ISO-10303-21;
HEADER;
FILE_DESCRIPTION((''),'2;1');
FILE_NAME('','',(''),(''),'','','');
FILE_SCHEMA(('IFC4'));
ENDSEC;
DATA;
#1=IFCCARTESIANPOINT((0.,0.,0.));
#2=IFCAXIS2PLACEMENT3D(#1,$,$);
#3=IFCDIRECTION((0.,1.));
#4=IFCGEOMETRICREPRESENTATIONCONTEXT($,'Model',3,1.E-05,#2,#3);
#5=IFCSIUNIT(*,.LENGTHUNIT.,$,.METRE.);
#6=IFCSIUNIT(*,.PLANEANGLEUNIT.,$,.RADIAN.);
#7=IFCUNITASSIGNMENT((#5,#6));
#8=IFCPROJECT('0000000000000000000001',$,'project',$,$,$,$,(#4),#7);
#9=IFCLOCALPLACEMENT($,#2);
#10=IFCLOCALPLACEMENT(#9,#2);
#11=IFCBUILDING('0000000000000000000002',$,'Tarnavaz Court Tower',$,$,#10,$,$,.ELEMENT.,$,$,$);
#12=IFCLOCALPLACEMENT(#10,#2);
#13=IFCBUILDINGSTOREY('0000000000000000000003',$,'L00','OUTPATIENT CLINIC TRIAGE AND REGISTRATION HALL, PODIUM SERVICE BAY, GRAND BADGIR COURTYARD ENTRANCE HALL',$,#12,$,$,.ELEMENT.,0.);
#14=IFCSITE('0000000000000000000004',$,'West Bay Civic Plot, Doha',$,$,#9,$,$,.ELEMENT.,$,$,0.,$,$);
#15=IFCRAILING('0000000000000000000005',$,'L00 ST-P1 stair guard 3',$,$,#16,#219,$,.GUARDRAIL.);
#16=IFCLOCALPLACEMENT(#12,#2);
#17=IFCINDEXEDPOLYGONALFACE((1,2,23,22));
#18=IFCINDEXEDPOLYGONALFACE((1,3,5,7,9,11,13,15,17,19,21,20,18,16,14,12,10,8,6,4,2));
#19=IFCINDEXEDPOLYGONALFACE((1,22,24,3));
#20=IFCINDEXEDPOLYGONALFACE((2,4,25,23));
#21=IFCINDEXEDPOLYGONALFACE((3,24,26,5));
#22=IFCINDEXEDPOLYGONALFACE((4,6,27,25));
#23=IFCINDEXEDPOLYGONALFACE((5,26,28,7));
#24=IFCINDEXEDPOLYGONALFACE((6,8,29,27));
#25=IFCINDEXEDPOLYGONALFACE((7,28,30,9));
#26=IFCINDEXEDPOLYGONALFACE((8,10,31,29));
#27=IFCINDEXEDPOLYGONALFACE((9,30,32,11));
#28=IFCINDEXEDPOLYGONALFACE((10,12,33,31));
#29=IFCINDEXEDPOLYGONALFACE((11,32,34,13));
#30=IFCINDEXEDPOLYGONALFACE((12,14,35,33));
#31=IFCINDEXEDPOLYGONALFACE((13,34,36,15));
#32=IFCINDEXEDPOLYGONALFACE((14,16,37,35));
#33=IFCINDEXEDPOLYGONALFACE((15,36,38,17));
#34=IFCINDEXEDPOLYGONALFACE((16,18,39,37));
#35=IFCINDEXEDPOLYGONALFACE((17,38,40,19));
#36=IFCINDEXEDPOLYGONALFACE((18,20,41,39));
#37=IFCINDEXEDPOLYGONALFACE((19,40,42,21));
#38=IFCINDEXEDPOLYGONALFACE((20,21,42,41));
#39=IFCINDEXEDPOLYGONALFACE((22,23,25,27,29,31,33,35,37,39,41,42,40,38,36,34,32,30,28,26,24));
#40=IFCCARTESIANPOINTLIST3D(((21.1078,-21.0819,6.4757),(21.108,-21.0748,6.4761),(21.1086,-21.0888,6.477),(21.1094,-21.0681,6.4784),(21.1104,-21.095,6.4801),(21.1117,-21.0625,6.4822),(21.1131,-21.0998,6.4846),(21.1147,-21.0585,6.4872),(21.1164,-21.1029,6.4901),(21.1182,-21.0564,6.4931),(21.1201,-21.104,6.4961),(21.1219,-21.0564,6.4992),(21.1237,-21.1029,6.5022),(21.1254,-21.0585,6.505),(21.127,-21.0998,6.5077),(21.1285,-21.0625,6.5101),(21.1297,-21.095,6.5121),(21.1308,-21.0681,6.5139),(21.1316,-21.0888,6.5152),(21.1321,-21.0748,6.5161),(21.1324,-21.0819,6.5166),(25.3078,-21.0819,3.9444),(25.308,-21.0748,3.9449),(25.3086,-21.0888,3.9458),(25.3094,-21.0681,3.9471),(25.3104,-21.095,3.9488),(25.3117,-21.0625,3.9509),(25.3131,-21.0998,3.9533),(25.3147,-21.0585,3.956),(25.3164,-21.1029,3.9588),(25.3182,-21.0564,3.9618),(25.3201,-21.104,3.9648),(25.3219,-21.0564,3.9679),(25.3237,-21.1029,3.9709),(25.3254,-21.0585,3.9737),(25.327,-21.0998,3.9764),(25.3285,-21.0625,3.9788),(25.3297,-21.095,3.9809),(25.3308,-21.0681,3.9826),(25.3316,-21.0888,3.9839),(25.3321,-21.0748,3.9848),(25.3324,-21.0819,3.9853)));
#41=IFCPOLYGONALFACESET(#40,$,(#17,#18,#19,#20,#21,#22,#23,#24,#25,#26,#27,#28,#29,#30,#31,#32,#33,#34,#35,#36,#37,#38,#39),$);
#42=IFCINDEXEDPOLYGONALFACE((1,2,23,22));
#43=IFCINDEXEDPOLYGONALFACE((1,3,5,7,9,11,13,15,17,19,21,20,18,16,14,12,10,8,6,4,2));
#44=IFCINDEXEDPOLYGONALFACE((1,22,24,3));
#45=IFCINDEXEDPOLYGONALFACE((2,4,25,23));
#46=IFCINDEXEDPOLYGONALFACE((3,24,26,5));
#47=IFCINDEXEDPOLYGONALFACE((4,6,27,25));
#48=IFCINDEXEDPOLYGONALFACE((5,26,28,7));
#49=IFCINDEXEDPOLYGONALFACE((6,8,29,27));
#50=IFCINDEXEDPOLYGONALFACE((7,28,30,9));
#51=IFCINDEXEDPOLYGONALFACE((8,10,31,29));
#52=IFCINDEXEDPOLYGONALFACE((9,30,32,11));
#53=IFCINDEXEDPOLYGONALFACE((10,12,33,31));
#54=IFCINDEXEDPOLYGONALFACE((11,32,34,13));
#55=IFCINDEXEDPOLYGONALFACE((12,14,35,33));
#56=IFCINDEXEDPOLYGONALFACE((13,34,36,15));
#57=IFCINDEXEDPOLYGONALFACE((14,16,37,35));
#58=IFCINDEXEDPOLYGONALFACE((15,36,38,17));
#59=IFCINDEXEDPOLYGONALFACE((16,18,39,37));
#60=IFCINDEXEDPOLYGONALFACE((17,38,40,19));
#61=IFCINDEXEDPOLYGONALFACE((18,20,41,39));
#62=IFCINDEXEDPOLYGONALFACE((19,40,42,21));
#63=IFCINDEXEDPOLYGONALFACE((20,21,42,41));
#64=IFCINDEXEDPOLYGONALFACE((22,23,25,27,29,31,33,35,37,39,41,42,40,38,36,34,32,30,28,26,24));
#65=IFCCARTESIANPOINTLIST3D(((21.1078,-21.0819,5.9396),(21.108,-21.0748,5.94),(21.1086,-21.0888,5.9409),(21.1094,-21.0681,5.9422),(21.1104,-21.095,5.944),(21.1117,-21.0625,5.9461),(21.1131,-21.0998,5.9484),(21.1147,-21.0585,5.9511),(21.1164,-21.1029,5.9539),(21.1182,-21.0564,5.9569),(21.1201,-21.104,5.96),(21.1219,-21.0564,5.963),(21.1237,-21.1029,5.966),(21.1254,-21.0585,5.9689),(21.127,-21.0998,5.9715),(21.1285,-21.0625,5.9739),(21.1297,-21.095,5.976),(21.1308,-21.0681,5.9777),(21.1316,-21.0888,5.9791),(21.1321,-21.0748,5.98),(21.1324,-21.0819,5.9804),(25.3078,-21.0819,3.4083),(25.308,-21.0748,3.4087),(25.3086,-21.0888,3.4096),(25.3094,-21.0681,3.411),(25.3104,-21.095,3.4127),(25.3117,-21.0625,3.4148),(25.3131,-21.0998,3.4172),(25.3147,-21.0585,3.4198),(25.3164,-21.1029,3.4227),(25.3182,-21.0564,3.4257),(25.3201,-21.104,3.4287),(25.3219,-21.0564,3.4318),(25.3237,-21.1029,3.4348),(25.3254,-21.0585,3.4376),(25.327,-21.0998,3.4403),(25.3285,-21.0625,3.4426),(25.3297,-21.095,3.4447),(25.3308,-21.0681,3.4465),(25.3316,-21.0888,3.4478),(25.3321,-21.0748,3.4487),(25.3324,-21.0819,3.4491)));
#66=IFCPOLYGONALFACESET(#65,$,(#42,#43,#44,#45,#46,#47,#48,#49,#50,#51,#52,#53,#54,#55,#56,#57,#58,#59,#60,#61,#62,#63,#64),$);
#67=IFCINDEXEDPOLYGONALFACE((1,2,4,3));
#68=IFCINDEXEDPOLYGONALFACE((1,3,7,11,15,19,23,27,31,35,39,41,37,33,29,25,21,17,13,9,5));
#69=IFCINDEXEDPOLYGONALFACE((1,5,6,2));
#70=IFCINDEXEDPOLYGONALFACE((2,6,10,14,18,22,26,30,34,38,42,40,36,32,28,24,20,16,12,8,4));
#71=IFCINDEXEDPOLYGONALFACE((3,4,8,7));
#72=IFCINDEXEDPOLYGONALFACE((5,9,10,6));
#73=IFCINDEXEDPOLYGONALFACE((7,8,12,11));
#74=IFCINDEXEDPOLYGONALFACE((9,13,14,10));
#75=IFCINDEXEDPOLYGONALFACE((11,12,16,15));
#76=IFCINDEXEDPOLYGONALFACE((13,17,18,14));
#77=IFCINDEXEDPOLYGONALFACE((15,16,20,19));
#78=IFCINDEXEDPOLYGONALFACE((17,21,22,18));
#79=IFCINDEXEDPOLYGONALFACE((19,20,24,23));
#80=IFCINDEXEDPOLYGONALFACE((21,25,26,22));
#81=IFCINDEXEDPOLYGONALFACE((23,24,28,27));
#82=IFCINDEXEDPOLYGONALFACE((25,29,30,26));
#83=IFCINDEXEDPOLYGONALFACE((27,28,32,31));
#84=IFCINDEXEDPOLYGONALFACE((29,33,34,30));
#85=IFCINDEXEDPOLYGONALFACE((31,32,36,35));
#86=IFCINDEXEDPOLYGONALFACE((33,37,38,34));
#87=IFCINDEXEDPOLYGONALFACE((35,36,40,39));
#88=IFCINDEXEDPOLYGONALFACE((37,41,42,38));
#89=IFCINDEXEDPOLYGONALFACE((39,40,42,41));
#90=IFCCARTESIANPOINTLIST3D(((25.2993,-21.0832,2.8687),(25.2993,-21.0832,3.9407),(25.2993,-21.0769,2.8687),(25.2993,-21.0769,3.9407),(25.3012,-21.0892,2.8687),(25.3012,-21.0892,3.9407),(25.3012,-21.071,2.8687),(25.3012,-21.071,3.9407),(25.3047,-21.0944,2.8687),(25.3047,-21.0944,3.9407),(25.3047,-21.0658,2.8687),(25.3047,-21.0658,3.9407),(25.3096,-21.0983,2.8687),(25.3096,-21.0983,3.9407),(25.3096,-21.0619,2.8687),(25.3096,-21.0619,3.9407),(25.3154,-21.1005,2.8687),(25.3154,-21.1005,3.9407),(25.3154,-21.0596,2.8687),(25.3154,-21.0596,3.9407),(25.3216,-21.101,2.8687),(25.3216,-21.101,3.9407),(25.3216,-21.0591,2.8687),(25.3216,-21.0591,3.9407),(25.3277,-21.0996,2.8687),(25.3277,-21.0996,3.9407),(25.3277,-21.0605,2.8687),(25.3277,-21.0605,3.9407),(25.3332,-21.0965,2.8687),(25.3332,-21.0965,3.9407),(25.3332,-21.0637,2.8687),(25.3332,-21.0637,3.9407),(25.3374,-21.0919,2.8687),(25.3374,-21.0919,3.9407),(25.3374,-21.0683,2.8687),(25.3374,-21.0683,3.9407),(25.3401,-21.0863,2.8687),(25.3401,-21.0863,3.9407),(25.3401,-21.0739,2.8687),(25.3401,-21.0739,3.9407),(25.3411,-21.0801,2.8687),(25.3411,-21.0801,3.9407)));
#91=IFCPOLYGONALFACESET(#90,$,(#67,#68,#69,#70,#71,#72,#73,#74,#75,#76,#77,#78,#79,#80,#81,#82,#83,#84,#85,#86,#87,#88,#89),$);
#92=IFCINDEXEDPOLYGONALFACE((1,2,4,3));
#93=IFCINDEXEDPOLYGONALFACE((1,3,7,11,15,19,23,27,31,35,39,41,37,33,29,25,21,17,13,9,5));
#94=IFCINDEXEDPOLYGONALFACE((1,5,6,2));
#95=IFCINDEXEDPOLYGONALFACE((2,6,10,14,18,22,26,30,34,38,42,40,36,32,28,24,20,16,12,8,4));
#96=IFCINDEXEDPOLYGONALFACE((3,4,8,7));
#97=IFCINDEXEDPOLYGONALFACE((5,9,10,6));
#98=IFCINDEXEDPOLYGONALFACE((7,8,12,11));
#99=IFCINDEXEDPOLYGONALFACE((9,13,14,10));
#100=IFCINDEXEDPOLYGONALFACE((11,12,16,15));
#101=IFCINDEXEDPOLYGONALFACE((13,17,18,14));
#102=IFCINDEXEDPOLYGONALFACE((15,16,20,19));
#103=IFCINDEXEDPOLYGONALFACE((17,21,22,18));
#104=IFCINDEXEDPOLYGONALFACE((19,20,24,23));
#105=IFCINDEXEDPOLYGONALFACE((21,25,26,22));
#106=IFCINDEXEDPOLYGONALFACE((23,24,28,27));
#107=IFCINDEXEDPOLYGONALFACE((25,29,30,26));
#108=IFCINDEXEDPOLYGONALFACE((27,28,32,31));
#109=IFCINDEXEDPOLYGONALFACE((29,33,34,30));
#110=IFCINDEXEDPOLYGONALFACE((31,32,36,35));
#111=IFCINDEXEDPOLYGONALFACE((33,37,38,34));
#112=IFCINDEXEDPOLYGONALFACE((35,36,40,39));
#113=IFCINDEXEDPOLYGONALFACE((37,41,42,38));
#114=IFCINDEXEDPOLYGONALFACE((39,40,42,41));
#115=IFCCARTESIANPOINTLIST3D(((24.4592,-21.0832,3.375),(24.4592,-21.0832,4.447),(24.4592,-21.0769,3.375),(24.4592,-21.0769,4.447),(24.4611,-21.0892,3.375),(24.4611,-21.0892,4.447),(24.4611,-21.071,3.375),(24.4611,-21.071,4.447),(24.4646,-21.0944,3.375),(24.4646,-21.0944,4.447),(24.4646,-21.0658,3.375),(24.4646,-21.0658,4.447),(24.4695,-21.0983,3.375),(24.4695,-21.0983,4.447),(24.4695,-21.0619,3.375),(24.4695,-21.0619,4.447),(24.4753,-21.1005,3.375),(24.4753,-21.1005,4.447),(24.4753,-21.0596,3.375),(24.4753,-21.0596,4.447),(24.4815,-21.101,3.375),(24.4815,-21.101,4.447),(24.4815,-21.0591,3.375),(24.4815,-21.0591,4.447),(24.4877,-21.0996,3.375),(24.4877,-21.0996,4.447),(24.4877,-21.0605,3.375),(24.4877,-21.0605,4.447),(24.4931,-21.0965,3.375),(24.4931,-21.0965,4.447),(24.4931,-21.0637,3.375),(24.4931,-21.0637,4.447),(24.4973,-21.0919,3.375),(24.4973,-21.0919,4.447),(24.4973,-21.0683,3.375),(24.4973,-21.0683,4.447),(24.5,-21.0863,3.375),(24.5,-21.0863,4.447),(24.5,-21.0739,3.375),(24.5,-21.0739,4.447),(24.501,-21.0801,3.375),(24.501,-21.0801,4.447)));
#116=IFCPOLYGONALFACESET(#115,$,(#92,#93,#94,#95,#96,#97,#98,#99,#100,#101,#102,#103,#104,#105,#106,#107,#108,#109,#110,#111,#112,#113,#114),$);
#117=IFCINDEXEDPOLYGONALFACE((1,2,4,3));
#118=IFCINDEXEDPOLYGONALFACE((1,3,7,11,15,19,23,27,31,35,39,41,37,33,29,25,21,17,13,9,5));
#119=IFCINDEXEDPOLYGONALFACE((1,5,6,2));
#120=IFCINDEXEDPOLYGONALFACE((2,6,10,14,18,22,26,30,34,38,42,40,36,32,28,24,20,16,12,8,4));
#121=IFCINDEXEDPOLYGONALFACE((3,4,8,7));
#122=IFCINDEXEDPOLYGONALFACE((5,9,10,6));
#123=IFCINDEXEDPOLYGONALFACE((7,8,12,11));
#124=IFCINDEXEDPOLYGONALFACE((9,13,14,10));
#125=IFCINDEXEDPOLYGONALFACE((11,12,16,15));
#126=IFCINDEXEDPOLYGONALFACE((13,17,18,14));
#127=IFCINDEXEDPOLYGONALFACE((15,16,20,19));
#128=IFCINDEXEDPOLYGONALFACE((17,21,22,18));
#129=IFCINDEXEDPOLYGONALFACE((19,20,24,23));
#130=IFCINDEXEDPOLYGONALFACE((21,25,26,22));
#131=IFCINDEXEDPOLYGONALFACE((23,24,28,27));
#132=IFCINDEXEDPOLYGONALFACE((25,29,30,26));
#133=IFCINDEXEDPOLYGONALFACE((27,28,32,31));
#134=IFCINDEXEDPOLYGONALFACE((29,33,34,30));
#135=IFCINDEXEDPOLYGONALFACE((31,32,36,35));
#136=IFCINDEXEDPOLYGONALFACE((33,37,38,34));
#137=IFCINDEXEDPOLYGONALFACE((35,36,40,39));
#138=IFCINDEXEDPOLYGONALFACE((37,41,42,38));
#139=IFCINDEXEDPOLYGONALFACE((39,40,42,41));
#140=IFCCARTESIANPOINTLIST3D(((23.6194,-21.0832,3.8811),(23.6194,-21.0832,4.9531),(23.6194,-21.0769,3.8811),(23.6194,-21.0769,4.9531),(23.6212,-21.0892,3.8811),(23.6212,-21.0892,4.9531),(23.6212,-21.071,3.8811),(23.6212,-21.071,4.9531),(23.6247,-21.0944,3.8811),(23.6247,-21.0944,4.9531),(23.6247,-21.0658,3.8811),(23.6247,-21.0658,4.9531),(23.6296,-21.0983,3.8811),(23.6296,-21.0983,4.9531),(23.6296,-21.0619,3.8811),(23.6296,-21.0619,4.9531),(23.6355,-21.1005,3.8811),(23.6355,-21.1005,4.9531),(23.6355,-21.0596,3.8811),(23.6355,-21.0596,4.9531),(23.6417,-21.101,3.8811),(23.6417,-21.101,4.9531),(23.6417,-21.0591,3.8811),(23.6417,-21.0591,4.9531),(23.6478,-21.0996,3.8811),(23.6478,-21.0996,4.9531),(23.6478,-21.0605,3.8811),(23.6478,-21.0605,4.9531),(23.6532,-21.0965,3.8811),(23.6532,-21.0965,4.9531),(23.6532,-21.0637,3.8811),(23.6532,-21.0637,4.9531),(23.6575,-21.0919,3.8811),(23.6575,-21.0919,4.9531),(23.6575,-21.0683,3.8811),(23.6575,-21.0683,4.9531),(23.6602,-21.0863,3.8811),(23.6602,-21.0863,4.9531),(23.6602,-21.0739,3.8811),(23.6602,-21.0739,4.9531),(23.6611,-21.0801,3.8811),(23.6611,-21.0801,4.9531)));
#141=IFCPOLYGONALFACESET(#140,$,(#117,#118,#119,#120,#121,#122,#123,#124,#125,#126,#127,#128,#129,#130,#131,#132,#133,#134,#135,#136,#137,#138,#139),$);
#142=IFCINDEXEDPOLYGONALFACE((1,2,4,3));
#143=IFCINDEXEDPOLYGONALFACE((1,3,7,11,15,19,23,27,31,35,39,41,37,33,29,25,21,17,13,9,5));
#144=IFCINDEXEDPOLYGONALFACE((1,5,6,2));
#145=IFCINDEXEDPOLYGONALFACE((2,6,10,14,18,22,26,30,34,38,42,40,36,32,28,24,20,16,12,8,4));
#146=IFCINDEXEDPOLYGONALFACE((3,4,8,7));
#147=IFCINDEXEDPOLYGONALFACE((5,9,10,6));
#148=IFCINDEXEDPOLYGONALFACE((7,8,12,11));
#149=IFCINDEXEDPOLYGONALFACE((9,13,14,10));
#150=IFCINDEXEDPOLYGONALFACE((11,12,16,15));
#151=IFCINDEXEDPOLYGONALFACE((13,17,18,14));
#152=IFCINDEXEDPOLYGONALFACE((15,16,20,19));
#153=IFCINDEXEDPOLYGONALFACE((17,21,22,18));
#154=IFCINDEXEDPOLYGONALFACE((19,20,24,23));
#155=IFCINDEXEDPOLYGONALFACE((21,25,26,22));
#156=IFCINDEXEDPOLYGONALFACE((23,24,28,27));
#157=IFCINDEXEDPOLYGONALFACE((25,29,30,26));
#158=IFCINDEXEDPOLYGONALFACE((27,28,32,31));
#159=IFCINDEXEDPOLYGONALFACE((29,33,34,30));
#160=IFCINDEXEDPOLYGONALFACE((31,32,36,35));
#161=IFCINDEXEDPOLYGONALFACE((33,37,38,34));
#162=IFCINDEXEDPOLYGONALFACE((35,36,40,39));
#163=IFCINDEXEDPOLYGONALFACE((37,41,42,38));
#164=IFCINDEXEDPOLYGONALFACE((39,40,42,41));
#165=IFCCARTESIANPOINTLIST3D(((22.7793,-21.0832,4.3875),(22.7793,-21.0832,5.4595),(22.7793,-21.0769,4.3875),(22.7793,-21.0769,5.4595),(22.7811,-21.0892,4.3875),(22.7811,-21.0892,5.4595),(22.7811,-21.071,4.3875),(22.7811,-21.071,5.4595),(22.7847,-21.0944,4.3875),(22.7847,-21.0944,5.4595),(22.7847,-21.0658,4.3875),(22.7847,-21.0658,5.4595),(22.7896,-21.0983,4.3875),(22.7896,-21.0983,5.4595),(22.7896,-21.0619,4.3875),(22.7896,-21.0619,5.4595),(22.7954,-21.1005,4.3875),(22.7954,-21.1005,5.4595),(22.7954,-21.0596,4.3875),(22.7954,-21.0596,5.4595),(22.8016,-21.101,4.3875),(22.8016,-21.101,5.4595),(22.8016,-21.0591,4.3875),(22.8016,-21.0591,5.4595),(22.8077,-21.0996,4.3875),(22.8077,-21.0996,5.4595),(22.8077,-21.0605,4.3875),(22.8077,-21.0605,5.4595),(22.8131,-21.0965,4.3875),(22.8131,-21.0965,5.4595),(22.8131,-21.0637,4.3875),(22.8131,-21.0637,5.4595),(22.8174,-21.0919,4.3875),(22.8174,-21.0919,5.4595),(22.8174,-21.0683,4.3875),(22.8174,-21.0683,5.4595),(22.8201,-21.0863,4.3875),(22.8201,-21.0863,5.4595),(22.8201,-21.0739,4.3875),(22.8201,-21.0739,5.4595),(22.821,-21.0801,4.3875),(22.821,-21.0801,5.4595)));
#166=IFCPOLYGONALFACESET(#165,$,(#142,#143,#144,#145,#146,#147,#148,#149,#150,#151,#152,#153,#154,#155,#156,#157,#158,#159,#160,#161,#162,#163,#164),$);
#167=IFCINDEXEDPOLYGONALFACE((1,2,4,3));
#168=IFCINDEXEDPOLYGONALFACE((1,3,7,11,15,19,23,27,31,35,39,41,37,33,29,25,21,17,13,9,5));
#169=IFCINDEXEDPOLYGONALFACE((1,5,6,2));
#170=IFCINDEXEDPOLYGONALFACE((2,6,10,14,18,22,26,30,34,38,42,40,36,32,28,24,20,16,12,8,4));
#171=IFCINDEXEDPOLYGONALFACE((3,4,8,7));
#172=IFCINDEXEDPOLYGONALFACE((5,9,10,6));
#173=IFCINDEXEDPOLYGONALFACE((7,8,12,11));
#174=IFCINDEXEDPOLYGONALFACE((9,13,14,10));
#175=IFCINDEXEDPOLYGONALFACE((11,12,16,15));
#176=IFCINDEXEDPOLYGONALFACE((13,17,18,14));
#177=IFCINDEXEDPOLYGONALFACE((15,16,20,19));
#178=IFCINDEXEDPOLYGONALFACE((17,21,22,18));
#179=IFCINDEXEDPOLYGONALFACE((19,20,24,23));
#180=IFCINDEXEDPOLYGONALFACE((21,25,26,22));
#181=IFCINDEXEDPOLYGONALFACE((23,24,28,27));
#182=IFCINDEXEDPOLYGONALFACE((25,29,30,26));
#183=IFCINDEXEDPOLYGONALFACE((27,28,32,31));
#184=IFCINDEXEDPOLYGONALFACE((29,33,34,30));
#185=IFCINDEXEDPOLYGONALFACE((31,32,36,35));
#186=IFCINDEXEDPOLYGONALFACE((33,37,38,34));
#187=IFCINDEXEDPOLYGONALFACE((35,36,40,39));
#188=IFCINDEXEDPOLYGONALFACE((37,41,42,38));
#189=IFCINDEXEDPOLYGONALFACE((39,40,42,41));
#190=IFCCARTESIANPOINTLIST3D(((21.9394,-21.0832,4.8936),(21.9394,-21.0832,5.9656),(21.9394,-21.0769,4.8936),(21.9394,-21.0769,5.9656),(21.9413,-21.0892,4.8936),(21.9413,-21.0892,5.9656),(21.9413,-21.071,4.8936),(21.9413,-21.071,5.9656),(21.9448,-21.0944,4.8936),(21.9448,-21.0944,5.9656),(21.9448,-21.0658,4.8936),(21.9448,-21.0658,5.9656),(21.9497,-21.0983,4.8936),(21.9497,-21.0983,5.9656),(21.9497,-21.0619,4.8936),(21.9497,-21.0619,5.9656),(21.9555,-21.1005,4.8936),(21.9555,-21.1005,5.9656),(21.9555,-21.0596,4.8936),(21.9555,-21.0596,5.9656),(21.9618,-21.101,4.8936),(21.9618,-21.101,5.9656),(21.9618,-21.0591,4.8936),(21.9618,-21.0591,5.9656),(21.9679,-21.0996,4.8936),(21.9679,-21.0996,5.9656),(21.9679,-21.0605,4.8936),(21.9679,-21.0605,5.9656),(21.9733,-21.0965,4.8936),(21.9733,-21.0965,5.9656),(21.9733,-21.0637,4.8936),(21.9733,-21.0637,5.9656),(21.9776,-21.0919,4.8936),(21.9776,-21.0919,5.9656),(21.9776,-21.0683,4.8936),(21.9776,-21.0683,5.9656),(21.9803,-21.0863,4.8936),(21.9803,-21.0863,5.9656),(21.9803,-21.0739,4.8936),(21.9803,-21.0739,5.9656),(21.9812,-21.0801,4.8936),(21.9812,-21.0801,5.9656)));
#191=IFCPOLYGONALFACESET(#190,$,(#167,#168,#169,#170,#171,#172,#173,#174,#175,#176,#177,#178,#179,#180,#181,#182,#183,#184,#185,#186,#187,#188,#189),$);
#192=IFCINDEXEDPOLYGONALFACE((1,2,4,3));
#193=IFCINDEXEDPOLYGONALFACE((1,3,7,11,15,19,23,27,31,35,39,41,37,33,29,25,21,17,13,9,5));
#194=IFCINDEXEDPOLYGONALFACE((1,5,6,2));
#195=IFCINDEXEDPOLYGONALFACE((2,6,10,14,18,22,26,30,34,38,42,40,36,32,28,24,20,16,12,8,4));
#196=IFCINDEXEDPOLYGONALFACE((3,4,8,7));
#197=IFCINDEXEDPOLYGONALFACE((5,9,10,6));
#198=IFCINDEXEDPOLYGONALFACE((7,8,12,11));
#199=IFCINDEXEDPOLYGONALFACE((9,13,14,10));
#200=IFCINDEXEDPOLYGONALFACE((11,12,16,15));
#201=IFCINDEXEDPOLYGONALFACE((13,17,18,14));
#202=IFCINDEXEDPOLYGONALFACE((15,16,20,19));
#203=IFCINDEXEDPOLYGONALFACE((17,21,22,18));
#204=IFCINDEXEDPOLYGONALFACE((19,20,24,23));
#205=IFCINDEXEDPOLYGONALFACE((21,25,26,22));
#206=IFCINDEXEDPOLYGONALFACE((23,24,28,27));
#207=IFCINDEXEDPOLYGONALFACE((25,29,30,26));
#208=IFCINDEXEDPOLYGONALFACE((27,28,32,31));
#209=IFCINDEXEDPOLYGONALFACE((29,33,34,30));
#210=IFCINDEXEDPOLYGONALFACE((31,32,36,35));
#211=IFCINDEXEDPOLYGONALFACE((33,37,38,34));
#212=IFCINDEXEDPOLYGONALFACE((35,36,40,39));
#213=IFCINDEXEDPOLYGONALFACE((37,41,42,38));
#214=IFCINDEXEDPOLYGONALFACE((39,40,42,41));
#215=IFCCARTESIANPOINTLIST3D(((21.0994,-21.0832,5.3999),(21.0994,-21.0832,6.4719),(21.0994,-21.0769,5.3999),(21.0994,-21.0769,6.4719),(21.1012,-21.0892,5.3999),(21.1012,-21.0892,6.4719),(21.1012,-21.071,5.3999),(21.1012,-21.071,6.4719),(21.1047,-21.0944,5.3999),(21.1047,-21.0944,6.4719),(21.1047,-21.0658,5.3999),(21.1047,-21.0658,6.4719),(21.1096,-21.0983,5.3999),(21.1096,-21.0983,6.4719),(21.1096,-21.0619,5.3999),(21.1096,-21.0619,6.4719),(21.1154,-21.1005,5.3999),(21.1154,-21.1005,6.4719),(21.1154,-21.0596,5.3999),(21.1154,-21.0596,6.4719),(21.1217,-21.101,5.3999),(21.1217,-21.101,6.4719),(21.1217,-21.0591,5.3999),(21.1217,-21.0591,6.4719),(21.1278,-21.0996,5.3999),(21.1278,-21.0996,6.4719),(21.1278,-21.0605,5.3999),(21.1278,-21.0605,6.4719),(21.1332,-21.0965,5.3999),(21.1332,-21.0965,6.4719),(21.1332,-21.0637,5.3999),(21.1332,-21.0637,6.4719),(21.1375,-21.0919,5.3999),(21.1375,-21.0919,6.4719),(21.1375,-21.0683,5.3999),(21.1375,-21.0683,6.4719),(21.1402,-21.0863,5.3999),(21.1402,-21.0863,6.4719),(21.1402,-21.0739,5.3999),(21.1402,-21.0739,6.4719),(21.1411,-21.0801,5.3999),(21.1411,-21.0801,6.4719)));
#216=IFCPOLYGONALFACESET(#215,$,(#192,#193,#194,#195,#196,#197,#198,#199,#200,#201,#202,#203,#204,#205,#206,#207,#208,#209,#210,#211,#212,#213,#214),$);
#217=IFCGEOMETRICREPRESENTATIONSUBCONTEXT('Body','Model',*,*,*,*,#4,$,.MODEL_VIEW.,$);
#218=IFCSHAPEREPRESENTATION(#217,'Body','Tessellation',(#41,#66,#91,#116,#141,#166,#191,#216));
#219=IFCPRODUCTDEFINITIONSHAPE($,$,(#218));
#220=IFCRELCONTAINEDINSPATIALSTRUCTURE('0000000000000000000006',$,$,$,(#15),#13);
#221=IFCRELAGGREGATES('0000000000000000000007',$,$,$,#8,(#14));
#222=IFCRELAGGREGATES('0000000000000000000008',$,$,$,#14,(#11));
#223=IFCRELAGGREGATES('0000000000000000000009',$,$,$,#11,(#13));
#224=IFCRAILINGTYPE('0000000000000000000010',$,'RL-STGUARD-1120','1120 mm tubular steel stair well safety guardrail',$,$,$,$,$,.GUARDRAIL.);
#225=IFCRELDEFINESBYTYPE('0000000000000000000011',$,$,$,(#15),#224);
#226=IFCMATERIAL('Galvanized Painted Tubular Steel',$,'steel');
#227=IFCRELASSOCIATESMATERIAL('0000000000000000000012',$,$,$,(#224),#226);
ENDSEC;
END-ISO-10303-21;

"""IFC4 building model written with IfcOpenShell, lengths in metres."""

from ifc_helpers import new_model, si_unit, direction, frame, origin, origin_2d, place, context, subcontext, project, spatial, circle, extrude, material, type_object, element, save


model = new_model("IFC4")

# Units and contexts
model_context = context("Model", 3, precision=1e-05, world=origin(), true_north=direction((0.0, 1.0)))
body_context = subcontext(model_context, "Body", "Model", "MODEL_VIEW")
ifc_project = project(units=[si_unit("LENGTHUNIT", "METRE"), si_unit("PLANEANGLEUNIT", "RADIAN")], contexts=[model_context])

# Site, building, storey
site_placement = place(None, origin())
site = spatial("IfcSite", under=ifc_project, at=site_placement, Name="West Bay Civic Plot, Doha", CompositionType="ELEMENT", RefElevation=0.0)
building_placement = place(site_placement, origin())
building = spatial("IfcBuilding", under=site, at=building_placement, Name="Tarnavaz Court Tower", CompositionType="ELEMENT")
storey_placement = place(building_placement, origin())
storey = spatial("IfcBuildingStorey", under=building, at=storey_placement, Name="L00", Description="OUTPATIENT CLINIC TRIAGE AND REGISTRATION HALL, PODIUM SERVICE BAY, GRAND BADGIR COURTYARD ENTRANCE HALL", CompositionType="ELEMENT", Elevation=0.0)

# Railing
ifc_material_1 = material(Name="Galvanized Painted Tubular Steel", Category="steel")
railing_type_1 = type_object("IfcRailingType", Name="RL-STGUARD-1120", Description="1120 mm tubular steel stair well safety guardrail", PredefinedType="GUARDRAIL", material=ifc_material_1)
railing_1_placement = place(storey_placement, frame((25.3201, -21.0801, 2.8687)))
element("IfcRailing", 1, at=railing_1_placement, inside=storey, type_object=railing_type_1, Name="L00 ST-P1 stair guard 3", PredefinedType="GUARDRAIL", context=body_context, shape_type="SweptSolid", body=[
    extrude(circle(Radius=0.0239, at=origin_2d()), frame((0.0, 0.0, 1.0962), z_axis=(-0.856476, 0.0, 0.516186), x_axis=(0.0, -1.0, 0.0)), (0.0, 0.0, 1.0), 4.9038),
    extrude(circle(Radius=0.0239, at=origin_2d()), frame((0.0, 0.0, 0.5601), z_axis=(-0.856476, 0.0, 0.516186), x_axis=(0.0, -1.0, 0.0)), (0.0, 0.0, 1.0), 4.9038),
    extrude(circle(Radius=0.021, at=origin_2d()), origin(), (0.0, 0.0, 1.0), 1.072),
    extrude(circle(Radius=0.021, at=origin_2d()), frame((-0.8401, 0.0, 0.5063)), (0.0, 0.0, 1.0), 1.072),
    extrude(circle(Radius=0.021, at=origin_2d()), frame((-1.6799, 0.0, 1.0125)), (0.0, 0.0, 1.0), 1.072),
    extrude(circle(Radius=0.021, at=origin_2d()), frame((-2.52, 0.0, 1.5188)), (0.0, 0.0, 1.0), 1.072),
    extrude(circle(Radius=0.021, at=origin_2d()), frame((-3.3599, 0.0, 2.0249)), (0.0, 0.0, 1.0), 1.072),
    extrude(circle(Radius=0.021, at=origin_2d()), frame((-4.2, 0.0, 2.5312)), (0.0, 0.0, 1.0), 1.072),
])

save(model, "model.ifc")
